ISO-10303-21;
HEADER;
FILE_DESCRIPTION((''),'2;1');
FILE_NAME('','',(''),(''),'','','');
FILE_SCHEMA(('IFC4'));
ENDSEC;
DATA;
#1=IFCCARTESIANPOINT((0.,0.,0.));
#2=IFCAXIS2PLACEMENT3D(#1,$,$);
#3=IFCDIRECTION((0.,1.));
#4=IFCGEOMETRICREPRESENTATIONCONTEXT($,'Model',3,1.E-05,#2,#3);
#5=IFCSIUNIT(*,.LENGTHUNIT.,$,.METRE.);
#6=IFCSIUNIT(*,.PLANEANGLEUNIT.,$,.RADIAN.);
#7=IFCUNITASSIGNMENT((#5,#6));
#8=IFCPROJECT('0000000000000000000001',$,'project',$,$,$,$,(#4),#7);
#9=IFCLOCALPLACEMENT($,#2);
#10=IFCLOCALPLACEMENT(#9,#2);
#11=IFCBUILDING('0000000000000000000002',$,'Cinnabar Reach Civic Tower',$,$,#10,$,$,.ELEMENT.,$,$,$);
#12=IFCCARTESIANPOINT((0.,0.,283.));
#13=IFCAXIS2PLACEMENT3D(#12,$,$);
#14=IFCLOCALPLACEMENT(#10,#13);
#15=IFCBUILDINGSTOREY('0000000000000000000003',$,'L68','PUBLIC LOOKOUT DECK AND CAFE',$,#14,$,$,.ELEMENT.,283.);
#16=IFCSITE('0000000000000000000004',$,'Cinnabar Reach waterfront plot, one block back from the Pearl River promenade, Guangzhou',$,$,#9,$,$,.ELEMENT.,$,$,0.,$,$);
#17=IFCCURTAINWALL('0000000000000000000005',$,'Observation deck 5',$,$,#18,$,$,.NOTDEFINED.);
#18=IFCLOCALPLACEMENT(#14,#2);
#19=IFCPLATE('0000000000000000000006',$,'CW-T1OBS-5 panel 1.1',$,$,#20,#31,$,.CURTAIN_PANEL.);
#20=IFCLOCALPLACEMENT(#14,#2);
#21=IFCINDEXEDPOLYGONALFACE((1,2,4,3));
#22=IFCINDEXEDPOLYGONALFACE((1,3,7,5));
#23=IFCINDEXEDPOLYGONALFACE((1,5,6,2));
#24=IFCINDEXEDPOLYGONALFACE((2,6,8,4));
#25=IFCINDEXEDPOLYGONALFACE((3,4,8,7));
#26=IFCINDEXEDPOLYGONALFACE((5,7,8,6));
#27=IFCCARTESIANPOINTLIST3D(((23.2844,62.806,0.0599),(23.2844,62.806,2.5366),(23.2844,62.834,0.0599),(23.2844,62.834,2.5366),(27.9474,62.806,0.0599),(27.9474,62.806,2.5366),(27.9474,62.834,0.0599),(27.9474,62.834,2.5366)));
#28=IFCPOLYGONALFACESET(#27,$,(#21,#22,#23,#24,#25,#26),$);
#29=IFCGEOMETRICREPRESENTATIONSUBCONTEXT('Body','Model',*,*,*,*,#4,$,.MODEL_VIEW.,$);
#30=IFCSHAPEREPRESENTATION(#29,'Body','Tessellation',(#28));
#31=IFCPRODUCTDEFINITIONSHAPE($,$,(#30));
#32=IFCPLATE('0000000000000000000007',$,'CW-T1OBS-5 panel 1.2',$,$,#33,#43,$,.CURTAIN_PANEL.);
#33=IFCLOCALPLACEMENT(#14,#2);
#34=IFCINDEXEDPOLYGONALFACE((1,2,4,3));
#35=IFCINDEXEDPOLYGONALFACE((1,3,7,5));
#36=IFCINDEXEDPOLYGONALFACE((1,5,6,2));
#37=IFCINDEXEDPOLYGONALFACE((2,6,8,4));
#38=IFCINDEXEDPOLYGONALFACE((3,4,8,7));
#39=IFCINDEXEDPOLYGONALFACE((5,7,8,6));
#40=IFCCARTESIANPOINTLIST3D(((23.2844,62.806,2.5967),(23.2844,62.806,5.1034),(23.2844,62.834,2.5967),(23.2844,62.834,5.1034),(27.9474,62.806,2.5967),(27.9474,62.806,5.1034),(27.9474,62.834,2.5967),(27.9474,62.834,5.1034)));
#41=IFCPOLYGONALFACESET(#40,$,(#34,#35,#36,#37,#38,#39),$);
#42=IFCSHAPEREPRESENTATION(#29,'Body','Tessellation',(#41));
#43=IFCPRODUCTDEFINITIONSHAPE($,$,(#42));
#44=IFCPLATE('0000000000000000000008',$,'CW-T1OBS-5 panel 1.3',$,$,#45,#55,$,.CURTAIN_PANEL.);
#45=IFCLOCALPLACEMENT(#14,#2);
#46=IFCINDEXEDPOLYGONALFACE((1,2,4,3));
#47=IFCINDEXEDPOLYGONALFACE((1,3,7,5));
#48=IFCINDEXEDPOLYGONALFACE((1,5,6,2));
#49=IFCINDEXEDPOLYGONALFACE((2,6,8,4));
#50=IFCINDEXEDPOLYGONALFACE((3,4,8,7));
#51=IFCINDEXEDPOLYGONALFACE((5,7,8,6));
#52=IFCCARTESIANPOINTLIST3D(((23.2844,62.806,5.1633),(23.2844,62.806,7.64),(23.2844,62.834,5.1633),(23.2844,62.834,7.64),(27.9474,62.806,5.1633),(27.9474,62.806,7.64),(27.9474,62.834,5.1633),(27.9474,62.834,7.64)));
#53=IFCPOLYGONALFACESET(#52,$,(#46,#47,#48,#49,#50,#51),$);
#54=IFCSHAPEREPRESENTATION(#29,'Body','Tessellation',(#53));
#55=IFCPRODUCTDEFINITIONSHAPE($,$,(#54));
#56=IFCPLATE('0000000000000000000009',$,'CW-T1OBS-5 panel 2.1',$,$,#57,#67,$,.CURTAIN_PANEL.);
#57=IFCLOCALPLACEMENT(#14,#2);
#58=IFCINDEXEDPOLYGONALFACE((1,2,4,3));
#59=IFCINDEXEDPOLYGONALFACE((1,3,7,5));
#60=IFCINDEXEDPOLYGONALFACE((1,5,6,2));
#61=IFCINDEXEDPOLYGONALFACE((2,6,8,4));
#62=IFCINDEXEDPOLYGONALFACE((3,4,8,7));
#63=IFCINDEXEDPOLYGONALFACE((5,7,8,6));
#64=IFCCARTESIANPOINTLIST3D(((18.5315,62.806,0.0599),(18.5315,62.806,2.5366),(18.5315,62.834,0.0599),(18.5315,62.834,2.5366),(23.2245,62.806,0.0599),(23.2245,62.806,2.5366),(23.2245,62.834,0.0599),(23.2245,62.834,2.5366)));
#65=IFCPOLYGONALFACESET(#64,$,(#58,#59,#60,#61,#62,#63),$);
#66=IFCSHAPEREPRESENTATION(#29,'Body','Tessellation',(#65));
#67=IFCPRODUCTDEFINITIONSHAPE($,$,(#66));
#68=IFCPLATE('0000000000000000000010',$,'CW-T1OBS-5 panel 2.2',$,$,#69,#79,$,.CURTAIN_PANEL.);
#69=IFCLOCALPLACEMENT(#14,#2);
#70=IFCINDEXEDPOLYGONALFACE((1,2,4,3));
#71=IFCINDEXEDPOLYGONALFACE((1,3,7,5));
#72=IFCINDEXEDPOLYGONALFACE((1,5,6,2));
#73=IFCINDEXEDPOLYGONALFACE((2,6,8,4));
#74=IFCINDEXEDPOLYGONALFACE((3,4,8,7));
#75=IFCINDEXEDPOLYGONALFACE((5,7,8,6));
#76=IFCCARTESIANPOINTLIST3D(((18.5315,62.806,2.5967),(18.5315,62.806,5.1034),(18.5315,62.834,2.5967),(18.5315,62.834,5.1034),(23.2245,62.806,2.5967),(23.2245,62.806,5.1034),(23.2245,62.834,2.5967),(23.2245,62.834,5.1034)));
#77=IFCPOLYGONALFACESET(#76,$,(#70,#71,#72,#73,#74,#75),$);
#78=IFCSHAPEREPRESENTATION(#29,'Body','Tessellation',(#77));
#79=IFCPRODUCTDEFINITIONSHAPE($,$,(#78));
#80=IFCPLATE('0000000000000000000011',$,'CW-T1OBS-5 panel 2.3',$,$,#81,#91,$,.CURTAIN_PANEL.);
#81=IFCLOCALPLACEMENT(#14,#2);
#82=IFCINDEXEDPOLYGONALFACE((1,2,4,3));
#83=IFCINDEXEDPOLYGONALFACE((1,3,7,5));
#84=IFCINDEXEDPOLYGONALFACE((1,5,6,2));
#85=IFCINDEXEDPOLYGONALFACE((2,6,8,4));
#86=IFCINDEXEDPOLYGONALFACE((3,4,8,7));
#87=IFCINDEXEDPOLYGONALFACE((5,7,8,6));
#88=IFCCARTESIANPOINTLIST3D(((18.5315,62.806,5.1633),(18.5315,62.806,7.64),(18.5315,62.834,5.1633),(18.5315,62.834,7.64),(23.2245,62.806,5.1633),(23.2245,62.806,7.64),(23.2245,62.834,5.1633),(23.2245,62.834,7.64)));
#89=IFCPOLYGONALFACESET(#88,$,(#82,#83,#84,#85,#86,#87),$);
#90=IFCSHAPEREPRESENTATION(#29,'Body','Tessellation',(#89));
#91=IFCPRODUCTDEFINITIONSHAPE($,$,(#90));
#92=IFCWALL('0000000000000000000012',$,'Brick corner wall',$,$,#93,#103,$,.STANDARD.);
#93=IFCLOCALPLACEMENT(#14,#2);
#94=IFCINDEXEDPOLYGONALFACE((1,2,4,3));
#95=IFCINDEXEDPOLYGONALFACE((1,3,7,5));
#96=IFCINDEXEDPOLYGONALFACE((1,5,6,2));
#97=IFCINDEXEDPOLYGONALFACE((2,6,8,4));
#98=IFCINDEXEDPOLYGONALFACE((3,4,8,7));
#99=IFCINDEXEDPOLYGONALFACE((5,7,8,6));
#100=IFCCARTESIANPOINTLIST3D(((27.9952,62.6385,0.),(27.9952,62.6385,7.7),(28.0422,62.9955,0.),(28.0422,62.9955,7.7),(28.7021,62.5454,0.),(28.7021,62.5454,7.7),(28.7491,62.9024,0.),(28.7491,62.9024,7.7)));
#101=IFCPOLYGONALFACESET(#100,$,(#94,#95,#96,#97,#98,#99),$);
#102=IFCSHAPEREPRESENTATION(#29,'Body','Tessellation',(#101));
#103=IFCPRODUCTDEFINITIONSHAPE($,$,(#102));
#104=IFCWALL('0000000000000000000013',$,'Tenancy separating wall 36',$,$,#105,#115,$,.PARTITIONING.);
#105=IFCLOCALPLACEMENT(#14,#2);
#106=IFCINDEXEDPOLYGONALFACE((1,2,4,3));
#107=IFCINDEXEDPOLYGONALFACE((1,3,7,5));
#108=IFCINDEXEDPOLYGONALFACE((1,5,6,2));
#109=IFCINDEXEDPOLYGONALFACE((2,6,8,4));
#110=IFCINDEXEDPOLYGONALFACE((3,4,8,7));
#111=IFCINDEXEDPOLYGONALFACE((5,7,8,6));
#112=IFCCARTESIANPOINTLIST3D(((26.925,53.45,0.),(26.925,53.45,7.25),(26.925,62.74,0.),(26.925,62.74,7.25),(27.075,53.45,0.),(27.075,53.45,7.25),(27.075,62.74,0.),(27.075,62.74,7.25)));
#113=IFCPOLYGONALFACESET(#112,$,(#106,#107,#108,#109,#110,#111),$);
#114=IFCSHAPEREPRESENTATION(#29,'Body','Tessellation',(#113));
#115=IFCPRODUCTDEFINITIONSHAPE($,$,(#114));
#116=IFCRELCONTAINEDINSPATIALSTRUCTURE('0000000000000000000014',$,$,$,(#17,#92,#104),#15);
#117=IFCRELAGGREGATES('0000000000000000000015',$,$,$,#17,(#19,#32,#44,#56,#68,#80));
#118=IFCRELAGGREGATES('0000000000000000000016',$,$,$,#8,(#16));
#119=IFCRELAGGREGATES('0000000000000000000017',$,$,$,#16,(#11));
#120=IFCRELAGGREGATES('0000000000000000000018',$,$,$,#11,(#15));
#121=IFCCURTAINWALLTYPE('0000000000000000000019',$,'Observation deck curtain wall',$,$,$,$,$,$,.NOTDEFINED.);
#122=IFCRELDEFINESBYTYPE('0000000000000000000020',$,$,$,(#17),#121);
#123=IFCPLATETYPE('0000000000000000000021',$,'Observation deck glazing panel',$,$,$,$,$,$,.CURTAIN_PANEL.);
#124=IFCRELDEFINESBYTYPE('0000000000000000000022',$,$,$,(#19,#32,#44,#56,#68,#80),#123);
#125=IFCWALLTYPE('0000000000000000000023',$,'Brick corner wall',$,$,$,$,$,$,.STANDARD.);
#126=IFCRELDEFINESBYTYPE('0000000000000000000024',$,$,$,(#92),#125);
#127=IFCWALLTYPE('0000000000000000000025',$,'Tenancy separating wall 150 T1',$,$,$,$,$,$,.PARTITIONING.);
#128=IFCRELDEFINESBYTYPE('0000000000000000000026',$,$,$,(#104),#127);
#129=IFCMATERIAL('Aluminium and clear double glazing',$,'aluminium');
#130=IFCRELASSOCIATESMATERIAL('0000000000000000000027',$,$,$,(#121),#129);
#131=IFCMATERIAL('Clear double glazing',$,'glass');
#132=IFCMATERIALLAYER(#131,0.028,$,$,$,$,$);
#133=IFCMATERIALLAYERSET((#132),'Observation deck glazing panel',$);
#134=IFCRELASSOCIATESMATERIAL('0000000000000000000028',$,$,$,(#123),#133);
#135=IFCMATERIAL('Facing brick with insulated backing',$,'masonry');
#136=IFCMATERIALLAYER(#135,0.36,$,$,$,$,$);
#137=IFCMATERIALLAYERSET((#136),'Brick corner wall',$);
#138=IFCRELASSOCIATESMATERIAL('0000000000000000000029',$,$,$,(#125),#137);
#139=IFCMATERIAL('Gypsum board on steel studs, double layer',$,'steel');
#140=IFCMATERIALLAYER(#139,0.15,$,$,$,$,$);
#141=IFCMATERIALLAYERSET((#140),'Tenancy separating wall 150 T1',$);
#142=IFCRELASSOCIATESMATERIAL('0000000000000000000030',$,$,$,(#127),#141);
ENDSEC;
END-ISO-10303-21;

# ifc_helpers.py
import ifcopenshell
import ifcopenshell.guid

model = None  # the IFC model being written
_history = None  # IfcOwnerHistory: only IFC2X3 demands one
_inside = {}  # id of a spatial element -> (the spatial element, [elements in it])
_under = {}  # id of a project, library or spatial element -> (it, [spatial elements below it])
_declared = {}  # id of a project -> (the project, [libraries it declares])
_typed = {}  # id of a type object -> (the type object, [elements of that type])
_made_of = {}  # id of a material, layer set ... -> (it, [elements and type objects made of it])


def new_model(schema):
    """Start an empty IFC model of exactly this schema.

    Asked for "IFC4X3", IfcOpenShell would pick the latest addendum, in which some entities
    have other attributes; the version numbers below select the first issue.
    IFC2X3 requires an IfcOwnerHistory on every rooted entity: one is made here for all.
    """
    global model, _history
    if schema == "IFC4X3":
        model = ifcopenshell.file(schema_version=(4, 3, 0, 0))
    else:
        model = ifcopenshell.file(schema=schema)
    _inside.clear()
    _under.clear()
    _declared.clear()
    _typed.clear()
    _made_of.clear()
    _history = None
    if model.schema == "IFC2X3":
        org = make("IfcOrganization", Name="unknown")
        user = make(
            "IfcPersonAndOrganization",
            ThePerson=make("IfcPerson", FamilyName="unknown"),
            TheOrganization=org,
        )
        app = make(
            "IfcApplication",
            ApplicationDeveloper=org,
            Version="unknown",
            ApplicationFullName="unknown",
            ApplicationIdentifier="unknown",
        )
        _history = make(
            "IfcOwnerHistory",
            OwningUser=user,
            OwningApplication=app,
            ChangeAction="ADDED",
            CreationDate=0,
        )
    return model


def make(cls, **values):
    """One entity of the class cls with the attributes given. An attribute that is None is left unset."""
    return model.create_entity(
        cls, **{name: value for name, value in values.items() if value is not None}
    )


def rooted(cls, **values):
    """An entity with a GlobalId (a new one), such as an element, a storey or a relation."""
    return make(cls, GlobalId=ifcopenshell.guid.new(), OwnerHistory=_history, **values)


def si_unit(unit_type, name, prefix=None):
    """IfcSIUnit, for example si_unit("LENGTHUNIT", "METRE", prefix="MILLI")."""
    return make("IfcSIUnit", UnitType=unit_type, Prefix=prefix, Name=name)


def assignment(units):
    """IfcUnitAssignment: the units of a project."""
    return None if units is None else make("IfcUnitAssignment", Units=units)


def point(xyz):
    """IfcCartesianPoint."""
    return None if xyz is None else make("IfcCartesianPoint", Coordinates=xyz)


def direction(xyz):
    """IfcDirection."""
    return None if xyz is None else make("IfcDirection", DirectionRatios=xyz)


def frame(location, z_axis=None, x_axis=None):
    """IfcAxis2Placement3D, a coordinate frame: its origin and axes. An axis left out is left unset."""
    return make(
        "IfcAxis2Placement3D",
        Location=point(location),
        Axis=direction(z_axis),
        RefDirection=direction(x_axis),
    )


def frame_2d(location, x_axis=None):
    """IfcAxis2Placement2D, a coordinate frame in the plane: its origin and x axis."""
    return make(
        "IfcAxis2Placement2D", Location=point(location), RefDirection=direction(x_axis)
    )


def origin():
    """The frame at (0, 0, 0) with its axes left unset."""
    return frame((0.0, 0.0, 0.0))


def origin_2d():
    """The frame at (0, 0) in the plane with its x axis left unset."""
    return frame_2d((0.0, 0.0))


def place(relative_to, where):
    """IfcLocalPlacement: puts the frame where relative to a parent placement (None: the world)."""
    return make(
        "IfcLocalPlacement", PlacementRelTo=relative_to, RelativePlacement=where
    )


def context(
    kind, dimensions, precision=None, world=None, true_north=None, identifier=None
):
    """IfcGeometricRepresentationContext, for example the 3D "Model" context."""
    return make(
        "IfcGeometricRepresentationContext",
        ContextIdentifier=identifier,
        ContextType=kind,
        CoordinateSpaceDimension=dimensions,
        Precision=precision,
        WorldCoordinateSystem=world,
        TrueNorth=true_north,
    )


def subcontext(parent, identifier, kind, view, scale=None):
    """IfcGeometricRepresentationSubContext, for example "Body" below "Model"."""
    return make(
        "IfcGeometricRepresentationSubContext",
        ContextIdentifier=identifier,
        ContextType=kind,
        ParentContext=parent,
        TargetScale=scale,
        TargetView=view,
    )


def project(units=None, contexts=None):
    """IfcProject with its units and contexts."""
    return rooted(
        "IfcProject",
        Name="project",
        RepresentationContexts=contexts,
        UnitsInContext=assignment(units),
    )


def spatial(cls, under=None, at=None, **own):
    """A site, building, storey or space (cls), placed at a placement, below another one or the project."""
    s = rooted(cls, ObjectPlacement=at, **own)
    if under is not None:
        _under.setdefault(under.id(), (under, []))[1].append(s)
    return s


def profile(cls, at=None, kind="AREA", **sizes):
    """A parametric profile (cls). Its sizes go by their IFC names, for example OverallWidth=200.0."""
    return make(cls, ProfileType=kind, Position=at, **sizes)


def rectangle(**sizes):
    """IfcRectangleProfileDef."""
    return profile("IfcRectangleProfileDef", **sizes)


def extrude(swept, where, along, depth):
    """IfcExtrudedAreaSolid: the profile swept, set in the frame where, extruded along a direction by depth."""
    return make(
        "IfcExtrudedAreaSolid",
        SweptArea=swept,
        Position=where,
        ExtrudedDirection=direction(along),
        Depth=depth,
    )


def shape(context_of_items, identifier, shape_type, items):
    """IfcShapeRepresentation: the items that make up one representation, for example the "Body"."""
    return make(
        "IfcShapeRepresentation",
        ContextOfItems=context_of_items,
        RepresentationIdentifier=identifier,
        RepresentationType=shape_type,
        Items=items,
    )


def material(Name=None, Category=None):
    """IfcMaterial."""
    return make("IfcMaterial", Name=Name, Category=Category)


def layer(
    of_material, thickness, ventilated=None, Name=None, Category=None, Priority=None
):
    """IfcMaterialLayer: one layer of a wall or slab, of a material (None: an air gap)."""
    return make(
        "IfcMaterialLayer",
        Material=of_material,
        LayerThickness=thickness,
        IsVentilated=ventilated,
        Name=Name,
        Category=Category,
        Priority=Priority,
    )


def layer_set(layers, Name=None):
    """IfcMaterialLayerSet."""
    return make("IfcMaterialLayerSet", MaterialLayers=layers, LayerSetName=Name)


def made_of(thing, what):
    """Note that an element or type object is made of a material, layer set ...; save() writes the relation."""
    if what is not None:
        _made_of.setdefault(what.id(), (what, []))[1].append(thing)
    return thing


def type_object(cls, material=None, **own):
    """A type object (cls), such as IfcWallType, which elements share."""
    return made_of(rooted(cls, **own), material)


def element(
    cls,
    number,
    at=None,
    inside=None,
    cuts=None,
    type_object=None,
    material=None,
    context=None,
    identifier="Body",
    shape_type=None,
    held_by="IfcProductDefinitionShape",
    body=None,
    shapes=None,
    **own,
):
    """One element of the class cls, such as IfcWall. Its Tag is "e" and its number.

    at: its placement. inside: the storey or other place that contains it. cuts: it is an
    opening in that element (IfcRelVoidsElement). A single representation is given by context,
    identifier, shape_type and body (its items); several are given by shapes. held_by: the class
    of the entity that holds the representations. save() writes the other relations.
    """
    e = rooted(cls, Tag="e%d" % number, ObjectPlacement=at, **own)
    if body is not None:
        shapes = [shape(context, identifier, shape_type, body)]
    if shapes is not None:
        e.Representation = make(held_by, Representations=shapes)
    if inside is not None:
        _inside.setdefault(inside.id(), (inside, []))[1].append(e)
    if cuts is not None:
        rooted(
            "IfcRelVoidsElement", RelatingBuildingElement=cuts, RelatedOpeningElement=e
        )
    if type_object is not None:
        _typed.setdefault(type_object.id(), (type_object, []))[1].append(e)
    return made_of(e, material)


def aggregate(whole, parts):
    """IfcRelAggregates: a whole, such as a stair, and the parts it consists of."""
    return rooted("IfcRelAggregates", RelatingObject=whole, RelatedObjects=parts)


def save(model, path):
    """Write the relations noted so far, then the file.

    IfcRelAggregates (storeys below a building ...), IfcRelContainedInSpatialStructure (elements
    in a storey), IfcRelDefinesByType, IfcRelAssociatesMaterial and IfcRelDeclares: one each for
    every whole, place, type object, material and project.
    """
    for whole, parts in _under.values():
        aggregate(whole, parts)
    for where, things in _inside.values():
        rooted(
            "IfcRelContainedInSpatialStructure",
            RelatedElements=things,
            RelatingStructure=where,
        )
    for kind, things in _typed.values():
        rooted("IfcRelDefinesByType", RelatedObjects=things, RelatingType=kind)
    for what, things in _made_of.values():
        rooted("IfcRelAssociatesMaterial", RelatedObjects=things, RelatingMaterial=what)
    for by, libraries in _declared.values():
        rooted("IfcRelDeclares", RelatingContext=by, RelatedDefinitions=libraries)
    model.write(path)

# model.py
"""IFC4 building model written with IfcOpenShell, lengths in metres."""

from ifc_helpers import new_model, si_unit, direction, frame, frame_2d, origin, origin_2d, place, context, subcontext, project, spatial, rectangle, extrude, material, layer, layer_set, type_object, element, aggregate, save


model = new_model("IFC4")

# Units and contexts
model_context = context("Model", 3, precision=1e-05, world=origin(), true_north=direction((0.0, 1.0)))
body_context = subcontext(model_context, "Body", "Model", "MODEL_VIEW")
ifc_project = project(units=[si_unit("LENGTHUNIT", "METRE"), si_unit("PLANEANGLEUNIT", "RADIAN")], contexts=[model_context])

# Site, building, storey
site_placement = place(None, origin())
site = spatial("IfcSite", under=ifc_project, at=site_placement, Name="Cinnabar Reach waterfront plot, one block back from the Pearl River promenade, Guangzhou", CompositionType="ELEMENT", RefElevation=0.0)
building_placement = place(site_placement, origin())
building = spatial("IfcBuilding", under=site, at=building_placement, Name="Cinnabar Reach Civic Tower", CompositionType="ELEMENT")
storey_placement = place(building_placement, frame((0.0, 0.0, 283.0)))
storey = spatial("IfcBuildingStorey", under=building, at=storey_placement, Name="L68", Description="PUBLIC LOOKOUT DECK AND CAFE", CompositionType="ELEMENT", Elevation=283.0)

# Curtain wall, plates
ifc_material_1 = material(Name="Aluminium and clear double glazing", Category="aluminium")
curtain_wall_type = type_object("IfcCurtainWallType", Name="Observation deck curtain wall", PredefinedType="NOTDEFINED", material=ifc_material_1)
curtain_wall_placement = place(storey_placement, origin())
curtain_wall = element("IfcCurtainWall", 1, at=curtain_wall_placement, inside=storey, type_object=curtain_wall_type, Name="Observation deck 5", PredefinedType="NOTDEFINED")
ifc_material_2 = material(Name="Clear double glazing", Category="glass")
ifc_layer_1 = layer(ifc_material_2, 0.028)
ifc_layer_set_1 = layer_set([ifc_layer_1], Name="Observation deck glazing panel")
plate_type = type_object("IfcPlateType", Name="Observation deck glazing panel", PredefinedType="CURTAIN_PANEL", material=ifc_layer_set_1)
plate_1_placement = place(storey_placement, frame((25.6159, 62.82, 0.0599), z_axis=(0.0, 0.0, 1.0), x_axis=(-1.0, 0.0, 0.0)))
plate_1 = element("IfcPlate", 2, at=plate_1_placement, type_object=plate_type, Name="CW-T1OBS-5 panel 1.1", PredefinedType="CURTAIN_PANEL", context=body_context, shape_type="SweptSolid", body=[
    extrude(rectangle(XDim=4.663, YDim=0.028, at=origin_2d()), origin(), (0.0, 0.0, 1.0), 2.4767),
])
plate_2_placement = place(storey_placement, frame((25.6159, 62.82, 2.5967), z_axis=(0.0, 0.0, 1.0), x_axis=(-1.0, 0.0, 0.0)))
plate_2 = element("IfcPlate", 3, at=plate_2_placement, type_object=plate_type, Name="CW-T1OBS-5 panel 1.2", PredefinedType="CURTAIN_PANEL", context=body_context, shape_type="SweptSolid", body=[
    extrude(rectangle(XDim=4.663, YDim=0.028, at=origin_2d()), origin(), (0.0, 0.0, 1.0), 2.5067),
])
plate_3_placement = place(storey_placement, frame((25.6159, 62.82, 5.1633), z_axis=(0.0, 0.0, 1.0), x_axis=(-1.0, 0.0, 0.0)))
plate_3 = element("IfcPlate", 4, at=plate_3_placement, type_object=plate_type, Name="CW-T1OBS-5 panel 1.3", PredefinedType="CURTAIN_PANEL", context=body_context, shape_type="SweptSolid", body=[
    extrude(rectangle(XDim=4.663, YDim=0.028, at=origin_2d()), origin(), (0.0, 0.0, 1.0), 2.4767),
])
plate_4_placement = place(storey_placement, frame((20.878, 62.82, 0.0599), z_axis=(0.0, 0.0, 1.0), x_axis=(-1.0, 0.0, 0.0)))
plate_4 = element("IfcPlate", 5, at=plate_4_placement, type_object=plate_type, Name="CW-T1OBS-5 panel 2.1", PredefinedType="CURTAIN_PANEL", context=body_context, shape_type="SweptSolid", body=[
    extrude(rectangle(XDim=4.693, YDim=0.028, at=origin_2d()), origin(), (0.0, 0.0, 1.0), 2.4767),
])
plate_5_placement = place(storey_placement, frame((20.878, 62.82, 2.5967), z_axis=(0.0, 0.0, 1.0), x_axis=(-1.0, 0.0, 0.0)))
plate_5 = element("IfcPlate", 6, at=plate_5_placement, type_object=plate_type, Name="CW-T1OBS-5 panel 2.2", PredefinedType="CURTAIN_PANEL", context=body_context, shape_type="SweptSolid", body=[
    extrude(rectangle(XDim=4.693, YDim=0.028, at=origin_2d()), origin(), (0.0, 0.0, 1.0), 2.5067),
])
plate_6_placement = place(storey_placement, frame((20.878, 62.82, 5.1633), z_axis=(0.0, 0.0, 1.0), x_axis=(-1.0, 0.0, 0.0)))
plate_6 = element("IfcPlate", 7, at=plate_6_placement, type_object=plate_type, Name="CW-T1OBS-5 panel 2.3", PredefinedType="CURTAIN_PANEL", context=body_context, shape_type="SweptSolid", body=[
    extrude(rectangle(XDim=4.693, YDim=0.028, at=origin_2d()), origin(), (0.0, 0.0, 1.0), 2.4767),
])
aggregate(curtain_wall, [plate_1, plate_2, plate_3, plate_4, plate_5, plate_6])

# Walls
ifc_material_3 = material(Name="Facing brick with insulated backing", Category="masonry")
ifc_layer_2 = layer(ifc_material_3, 0.36)
ifc_layer_set_2 = layer_set([ifc_layer_2], Name="Brick corner wall")
wall_type_1 = type_object("IfcWallType", Name="Brick corner wall", PredefinedType="STANDARD", material=ifc_layer_set_2)
wall_1_placement = place(storey_placement, frame((28.7256, 62.7239, 0.0), z_axis=(0.0, 0.0, 1.0), x_axis=(-0.991441, 0.130556, 0.0)))
element("IfcWall", 8, at=wall_1_placement, inside=storey, type_object=wall_type_1, Name="Brick corner wall", PredefinedType="STANDARD", context=body_context, shape_type="SweptSolid", body=[
    extrude(rectangle(XDim=0.7131, YDim=0.36, at=frame_2d((0.3565, 0.0))), origin(), (0.0, 0.0, 1.0), 7.7),
])
ifc_material_4 = material(Name="Gypsum board on steel studs, double layer", Category="steel")
ifc_layer_3 = layer(ifc_material_4, 0.15)
ifc_layer_set_3 = layer_set([ifc_layer_3], Name="Tenancy separating wall 150 T1")
wall_type_2 = type_object("IfcWallType", Name="Tenancy separating wall 150 T1", PredefinedType="PARTITIONING", material=ifc_layer_set_3)
wall_2_placement = place(storey_placement, frame((27.0, 53.45, 0.0), z_axis=(0.0, 0.0, 1.0), x_axis=(0.0, 1.0, 0.0)))
element("IfcWall", 9, at=wall_2_placement, inside=storey, type_object=wall_type_2, Name="Tenancy separating wall 36", PredefinedType="PARTITIONING", context=body_context, shape_type="SweptSolid", body=[
    extrude(rectangle(XDim=9.29, YDim=0.15, at=frame_2d((4.645, 0.0))), origin(), (0.0, 0.0, 1.0), 7.25),
])

save(model, "model.ifc")
